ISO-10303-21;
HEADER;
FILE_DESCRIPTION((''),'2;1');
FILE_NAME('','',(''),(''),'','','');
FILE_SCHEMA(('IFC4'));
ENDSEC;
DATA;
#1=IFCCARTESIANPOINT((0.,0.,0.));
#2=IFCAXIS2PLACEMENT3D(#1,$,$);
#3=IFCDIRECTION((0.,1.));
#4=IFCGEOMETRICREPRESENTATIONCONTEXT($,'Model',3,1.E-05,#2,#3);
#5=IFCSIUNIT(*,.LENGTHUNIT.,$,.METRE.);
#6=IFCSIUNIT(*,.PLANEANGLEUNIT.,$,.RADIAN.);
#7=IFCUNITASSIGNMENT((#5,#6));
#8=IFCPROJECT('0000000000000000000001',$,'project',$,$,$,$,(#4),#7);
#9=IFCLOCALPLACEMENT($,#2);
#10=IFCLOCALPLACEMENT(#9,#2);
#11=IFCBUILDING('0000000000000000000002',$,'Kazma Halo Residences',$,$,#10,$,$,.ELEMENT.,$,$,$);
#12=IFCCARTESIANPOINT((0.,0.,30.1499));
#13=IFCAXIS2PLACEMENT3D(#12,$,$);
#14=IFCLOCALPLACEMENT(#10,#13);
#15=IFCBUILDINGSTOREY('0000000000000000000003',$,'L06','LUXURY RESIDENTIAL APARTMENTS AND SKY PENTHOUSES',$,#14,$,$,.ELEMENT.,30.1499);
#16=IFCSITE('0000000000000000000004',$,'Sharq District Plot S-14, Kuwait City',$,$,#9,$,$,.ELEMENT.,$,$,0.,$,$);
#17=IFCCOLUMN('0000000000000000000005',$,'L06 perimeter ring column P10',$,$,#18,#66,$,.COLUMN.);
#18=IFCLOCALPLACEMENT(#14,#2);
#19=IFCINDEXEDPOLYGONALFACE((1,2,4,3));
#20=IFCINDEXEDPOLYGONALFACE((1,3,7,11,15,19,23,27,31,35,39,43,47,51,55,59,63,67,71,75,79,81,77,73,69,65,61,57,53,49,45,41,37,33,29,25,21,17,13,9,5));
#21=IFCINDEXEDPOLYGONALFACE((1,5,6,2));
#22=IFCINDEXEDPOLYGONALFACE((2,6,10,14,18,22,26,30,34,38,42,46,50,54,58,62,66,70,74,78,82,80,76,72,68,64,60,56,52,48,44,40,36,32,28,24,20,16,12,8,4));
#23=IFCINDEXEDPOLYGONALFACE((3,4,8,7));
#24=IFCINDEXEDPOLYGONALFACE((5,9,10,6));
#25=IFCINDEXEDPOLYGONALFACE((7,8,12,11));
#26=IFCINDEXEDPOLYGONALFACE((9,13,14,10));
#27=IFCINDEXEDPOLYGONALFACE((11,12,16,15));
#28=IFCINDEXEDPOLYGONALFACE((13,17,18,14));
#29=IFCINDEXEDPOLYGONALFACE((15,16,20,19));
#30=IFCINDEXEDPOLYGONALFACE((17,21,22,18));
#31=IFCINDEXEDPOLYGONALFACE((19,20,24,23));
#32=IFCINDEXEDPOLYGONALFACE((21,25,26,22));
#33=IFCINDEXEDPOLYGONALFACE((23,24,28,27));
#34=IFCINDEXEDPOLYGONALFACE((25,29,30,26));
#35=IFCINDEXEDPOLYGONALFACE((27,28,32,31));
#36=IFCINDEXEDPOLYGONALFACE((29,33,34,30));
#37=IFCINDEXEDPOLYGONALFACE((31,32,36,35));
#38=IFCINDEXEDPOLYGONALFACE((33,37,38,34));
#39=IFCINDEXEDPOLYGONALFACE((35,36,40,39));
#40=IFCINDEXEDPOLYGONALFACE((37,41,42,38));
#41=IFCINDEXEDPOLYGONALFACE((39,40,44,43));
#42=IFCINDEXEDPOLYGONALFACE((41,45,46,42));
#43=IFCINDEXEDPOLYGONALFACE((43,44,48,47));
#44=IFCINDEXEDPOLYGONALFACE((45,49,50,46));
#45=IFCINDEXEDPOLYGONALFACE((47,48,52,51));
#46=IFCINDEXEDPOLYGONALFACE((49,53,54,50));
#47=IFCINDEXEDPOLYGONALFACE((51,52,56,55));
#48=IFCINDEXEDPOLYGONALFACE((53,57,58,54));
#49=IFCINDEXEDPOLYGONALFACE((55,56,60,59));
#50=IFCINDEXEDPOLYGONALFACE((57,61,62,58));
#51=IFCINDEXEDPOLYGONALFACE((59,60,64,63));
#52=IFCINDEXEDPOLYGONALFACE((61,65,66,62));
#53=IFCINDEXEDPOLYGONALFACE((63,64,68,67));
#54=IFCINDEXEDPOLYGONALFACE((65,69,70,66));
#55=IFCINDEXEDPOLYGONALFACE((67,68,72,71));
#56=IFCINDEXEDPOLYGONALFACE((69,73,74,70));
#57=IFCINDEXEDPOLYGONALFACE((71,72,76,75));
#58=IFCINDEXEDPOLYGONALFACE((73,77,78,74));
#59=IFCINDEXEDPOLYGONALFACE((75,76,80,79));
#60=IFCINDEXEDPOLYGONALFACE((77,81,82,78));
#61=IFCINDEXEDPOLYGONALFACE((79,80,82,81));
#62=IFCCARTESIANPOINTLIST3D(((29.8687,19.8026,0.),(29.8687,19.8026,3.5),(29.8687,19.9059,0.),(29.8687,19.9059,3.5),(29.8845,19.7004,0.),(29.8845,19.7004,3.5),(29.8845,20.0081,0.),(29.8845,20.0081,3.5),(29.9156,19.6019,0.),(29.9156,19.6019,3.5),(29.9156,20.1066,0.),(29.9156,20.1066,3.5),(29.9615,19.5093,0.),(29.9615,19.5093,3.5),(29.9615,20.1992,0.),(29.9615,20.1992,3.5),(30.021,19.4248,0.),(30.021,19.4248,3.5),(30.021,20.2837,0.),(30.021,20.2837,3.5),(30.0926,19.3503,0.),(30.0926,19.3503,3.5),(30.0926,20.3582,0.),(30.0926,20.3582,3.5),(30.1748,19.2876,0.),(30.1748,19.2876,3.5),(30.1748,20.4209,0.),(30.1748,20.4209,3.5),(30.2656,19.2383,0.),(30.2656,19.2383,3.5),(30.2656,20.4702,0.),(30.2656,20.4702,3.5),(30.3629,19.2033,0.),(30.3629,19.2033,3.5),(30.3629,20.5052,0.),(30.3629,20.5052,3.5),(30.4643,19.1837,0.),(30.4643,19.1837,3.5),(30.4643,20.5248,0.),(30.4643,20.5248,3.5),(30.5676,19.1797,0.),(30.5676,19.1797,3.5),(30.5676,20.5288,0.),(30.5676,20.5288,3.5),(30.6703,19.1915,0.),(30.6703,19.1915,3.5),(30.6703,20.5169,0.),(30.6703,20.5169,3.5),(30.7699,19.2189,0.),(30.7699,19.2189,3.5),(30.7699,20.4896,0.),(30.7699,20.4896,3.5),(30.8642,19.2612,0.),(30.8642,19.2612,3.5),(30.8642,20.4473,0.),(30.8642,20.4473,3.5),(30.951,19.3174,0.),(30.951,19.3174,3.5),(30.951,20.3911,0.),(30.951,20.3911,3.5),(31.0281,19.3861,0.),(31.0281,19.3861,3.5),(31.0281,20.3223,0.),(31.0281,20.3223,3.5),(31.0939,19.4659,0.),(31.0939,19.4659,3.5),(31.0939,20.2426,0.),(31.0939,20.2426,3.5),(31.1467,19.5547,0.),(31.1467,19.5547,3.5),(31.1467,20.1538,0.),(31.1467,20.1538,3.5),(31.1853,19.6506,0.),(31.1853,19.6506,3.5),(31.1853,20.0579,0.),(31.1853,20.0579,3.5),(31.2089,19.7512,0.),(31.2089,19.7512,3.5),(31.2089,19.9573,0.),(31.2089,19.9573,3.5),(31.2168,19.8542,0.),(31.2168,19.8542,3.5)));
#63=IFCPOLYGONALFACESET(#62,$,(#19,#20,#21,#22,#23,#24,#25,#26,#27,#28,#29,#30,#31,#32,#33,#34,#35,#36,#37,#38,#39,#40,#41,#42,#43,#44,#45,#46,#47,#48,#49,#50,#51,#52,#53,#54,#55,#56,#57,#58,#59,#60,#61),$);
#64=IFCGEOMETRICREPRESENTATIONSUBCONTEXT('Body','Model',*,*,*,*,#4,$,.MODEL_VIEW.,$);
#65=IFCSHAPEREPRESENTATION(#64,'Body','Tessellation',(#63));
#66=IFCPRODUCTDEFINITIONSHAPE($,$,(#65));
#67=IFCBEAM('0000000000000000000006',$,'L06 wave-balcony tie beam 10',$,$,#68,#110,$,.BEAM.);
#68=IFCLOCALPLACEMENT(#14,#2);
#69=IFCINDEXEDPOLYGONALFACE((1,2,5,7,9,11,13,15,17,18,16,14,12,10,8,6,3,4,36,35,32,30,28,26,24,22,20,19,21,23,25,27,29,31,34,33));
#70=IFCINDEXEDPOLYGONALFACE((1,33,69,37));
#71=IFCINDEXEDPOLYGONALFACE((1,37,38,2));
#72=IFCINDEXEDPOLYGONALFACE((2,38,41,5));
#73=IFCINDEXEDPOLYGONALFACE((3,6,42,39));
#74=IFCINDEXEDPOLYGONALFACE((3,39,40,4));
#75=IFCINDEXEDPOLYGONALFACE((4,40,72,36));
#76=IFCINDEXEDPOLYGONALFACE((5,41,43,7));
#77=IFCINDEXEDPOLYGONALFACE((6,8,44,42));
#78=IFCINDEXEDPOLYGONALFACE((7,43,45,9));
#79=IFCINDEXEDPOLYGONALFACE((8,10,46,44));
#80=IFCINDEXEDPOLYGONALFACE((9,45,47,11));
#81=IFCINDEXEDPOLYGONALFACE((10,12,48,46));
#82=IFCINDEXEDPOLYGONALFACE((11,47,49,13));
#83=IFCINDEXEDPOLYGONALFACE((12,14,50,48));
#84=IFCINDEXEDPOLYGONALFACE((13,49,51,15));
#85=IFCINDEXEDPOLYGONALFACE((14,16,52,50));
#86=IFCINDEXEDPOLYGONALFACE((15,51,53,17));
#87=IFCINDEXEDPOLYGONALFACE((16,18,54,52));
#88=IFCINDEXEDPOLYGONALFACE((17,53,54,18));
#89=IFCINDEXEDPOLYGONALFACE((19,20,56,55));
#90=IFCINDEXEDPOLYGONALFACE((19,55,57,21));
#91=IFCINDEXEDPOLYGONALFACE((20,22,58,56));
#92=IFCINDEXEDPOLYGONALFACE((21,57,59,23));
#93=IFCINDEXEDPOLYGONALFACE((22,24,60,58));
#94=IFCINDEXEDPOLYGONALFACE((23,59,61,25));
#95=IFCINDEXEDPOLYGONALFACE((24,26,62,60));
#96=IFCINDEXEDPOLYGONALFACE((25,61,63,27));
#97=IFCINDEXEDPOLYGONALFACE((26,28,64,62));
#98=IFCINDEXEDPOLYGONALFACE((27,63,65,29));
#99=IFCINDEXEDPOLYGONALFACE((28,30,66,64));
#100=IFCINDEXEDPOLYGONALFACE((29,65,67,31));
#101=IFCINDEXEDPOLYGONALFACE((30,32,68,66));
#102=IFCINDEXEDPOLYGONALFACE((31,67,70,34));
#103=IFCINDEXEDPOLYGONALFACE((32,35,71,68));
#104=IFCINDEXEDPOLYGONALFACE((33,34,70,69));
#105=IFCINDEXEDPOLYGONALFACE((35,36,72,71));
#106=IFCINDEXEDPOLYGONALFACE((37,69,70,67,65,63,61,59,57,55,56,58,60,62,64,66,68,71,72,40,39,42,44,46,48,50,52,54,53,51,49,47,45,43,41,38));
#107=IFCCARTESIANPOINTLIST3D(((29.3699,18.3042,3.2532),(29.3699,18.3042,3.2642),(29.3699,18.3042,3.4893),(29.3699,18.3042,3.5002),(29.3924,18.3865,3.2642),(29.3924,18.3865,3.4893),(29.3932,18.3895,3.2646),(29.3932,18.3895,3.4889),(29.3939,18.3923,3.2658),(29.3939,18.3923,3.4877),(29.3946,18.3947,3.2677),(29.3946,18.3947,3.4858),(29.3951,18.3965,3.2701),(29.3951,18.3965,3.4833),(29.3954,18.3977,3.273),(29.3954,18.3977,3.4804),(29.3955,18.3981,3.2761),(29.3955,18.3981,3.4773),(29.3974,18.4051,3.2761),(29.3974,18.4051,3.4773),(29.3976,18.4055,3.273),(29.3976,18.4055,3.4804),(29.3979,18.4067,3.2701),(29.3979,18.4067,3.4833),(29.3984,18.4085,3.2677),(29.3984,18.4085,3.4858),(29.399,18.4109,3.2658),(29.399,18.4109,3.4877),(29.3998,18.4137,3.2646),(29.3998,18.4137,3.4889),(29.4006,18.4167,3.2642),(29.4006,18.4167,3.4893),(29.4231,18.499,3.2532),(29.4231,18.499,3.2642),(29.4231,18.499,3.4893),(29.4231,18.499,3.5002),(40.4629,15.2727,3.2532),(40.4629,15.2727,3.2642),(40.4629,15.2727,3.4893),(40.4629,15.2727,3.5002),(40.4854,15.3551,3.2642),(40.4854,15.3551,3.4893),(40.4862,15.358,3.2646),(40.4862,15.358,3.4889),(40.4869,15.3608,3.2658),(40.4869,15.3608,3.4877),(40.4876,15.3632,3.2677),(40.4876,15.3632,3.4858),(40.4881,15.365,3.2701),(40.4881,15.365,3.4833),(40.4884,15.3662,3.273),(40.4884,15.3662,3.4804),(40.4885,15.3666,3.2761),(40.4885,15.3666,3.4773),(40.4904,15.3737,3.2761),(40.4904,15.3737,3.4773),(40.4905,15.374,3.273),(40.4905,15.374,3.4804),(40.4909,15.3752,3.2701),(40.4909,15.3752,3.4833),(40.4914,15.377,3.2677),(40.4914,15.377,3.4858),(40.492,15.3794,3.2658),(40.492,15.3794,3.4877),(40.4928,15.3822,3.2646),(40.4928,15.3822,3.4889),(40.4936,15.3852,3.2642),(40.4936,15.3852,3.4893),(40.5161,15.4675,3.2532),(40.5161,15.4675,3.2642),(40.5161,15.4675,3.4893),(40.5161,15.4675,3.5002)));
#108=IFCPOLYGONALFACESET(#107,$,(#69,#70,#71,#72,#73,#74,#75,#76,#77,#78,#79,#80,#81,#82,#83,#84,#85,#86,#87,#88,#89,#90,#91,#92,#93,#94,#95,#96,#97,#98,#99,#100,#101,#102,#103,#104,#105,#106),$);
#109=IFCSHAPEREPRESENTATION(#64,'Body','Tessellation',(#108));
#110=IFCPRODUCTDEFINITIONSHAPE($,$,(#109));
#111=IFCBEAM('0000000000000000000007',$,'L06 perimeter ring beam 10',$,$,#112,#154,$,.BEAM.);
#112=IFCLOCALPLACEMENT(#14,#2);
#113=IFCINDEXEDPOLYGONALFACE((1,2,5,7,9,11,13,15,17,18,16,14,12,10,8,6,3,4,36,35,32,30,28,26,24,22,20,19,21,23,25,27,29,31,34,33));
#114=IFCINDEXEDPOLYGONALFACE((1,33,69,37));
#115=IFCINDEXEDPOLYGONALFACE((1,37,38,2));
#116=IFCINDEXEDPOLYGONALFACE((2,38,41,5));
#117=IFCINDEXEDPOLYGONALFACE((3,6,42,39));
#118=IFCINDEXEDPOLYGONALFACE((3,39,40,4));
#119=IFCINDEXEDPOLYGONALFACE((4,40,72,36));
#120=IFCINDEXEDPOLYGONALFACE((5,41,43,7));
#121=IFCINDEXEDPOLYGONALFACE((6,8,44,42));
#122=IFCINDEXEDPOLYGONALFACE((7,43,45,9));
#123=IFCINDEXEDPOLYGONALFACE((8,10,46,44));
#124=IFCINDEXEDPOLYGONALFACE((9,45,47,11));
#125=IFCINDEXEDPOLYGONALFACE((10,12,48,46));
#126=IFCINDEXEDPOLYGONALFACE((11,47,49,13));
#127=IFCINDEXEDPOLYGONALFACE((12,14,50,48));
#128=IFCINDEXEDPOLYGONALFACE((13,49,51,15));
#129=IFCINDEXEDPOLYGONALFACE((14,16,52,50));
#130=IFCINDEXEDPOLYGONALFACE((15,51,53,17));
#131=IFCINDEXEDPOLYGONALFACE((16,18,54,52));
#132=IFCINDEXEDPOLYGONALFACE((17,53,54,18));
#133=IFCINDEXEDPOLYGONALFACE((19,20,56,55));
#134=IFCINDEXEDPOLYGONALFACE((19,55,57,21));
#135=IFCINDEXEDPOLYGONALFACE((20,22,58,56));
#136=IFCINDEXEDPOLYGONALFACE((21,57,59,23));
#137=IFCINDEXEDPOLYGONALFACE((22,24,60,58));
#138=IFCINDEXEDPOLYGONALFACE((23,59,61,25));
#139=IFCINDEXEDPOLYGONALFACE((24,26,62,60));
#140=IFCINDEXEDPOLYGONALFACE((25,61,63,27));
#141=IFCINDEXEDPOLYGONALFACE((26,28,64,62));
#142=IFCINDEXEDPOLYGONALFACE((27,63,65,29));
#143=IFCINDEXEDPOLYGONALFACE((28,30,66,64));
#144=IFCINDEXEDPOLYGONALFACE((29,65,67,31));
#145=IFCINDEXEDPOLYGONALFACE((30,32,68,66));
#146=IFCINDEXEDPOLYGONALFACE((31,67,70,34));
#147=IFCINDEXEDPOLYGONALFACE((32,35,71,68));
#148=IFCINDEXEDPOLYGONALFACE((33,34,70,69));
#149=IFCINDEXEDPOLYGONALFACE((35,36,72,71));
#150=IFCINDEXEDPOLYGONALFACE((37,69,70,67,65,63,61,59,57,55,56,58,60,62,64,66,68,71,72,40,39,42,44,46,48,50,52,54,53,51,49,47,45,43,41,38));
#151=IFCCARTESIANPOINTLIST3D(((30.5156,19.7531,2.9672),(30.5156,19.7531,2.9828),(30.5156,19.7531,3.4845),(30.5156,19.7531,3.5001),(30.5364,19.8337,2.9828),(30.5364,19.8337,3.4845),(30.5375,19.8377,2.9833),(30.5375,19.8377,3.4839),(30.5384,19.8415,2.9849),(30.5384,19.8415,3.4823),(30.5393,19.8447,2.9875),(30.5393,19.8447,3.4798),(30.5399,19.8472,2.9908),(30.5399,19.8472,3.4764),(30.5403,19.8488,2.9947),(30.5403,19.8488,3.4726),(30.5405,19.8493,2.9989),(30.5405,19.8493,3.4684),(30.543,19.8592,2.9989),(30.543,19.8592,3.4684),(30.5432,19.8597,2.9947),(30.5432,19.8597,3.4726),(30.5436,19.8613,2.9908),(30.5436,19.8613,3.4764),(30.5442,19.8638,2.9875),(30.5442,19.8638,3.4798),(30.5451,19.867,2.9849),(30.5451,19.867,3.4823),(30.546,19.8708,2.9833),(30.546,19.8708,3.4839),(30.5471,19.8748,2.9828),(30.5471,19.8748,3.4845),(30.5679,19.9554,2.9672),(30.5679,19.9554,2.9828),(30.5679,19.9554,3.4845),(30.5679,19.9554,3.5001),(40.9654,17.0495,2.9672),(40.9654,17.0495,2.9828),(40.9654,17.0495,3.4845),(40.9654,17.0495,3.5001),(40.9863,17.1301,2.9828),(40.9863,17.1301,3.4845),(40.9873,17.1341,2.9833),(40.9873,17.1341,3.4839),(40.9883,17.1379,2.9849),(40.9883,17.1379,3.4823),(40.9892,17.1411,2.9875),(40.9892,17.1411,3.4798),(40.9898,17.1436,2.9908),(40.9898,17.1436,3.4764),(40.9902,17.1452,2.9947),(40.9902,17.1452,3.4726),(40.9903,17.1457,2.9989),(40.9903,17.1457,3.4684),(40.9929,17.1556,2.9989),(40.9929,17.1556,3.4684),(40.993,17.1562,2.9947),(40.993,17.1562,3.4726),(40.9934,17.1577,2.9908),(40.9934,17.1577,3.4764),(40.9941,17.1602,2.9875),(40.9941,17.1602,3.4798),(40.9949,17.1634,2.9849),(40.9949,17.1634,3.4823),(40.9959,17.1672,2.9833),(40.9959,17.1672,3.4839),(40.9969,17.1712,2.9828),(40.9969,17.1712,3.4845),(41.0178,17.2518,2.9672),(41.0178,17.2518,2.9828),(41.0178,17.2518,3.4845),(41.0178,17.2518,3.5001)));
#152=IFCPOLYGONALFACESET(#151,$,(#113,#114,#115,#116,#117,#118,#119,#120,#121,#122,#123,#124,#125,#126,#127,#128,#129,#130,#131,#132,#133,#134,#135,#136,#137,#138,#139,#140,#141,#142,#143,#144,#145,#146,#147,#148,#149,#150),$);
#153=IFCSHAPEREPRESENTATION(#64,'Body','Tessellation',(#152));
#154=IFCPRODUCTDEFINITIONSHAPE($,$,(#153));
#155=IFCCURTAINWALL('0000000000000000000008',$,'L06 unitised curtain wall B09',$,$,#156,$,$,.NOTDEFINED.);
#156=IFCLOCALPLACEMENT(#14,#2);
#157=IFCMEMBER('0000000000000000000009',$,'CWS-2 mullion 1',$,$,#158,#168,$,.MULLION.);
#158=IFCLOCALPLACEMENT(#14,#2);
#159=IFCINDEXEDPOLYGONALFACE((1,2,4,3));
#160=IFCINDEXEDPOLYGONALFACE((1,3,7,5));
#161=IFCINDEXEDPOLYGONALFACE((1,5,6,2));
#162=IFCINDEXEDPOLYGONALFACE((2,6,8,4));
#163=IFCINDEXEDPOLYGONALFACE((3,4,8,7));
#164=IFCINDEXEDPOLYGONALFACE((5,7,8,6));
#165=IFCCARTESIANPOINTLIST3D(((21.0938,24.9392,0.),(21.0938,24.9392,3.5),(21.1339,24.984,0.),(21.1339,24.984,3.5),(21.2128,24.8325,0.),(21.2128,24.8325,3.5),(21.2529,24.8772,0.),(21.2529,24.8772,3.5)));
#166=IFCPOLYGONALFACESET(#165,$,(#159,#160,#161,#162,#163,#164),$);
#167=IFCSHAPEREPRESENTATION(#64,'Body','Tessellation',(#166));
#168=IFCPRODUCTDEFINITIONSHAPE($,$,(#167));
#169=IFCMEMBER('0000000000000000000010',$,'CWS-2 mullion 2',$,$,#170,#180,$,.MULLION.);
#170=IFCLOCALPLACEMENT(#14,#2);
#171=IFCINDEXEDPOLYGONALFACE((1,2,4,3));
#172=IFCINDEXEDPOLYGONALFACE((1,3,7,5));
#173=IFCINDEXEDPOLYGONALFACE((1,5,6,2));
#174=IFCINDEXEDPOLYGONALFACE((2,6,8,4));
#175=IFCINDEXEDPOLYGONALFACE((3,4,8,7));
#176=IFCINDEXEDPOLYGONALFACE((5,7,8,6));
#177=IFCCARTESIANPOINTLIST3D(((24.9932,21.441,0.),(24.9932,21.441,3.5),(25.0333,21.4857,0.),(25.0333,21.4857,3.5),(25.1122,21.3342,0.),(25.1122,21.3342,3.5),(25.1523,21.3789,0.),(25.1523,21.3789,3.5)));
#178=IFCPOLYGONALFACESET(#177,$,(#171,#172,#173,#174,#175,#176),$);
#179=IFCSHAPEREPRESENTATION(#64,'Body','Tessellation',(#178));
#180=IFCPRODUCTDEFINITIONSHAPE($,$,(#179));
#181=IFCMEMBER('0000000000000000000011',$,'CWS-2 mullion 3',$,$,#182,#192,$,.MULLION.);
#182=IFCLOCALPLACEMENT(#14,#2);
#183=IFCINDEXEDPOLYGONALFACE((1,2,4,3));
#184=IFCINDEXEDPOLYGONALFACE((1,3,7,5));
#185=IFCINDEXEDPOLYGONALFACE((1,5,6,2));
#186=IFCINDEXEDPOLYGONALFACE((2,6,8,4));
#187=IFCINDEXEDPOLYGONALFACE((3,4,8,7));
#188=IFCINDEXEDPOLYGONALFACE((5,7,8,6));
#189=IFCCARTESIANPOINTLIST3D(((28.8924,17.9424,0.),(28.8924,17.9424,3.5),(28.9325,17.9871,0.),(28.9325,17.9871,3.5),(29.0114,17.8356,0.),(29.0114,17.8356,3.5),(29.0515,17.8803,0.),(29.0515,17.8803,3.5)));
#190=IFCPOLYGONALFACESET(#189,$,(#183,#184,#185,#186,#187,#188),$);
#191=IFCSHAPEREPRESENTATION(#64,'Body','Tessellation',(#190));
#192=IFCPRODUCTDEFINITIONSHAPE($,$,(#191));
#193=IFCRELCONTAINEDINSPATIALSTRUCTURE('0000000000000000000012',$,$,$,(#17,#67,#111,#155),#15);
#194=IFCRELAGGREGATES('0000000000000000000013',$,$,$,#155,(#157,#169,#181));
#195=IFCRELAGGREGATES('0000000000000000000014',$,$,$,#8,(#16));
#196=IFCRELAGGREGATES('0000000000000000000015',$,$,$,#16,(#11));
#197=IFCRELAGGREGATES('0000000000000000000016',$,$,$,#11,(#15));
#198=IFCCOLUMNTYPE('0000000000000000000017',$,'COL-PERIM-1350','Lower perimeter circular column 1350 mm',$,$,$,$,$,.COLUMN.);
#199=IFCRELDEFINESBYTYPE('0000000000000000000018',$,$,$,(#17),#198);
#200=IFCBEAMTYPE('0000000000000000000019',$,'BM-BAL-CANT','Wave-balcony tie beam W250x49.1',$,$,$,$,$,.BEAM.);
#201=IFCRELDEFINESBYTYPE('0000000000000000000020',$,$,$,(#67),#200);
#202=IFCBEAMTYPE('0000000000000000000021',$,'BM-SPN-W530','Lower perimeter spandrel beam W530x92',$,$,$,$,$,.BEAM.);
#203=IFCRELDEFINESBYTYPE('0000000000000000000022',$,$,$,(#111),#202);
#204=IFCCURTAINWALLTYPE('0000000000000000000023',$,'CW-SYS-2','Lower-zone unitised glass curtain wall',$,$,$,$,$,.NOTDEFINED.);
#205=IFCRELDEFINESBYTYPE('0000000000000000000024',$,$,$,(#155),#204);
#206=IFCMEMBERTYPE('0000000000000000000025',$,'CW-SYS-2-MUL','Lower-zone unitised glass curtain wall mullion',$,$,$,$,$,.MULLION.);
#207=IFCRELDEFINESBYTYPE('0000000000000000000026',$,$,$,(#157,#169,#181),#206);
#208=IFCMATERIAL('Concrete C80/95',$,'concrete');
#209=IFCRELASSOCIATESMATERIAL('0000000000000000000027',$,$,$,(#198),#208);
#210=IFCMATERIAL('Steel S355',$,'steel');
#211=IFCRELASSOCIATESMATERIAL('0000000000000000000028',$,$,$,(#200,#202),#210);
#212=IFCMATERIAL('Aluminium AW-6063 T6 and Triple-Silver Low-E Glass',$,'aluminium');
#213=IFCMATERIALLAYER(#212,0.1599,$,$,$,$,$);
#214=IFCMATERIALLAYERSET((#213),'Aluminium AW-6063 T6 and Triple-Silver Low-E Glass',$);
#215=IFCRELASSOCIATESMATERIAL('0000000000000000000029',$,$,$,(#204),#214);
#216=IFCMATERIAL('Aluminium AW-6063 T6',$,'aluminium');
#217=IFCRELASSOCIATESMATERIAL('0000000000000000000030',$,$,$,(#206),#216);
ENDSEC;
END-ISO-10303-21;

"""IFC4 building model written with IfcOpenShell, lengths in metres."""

from ifc_helpers import new_model, si_unit, direction, frame, origin, origin_2d, place, context, subcontext, project, spatial, rectangle, circle, i_section, extrude, material, layer, layer_set, material_profile, profile_set, type_object, element, aggregate, save


model = new_model("IFC4")

# Units and contexts
model_context = context("Model", 3, precision=1e-05, world=origin(), true_north=direction((0.0, 1.0)))
body_context = subcontext(model_context, "Body", "Model", "MODEL_VIEW")
ifc_project = project(units=[si_unit("LENGTHUNIT", "METRE"), si_unit("PLANEANGLEUNIT", "RADIAN")], contexts=[model_context])

# Site, building, storey
site_placement = place(None, origin())
site = spatial("IfcSite", under=ifc_project, at=site_placement, Name="Sharq District Plot S-14, Kuwait City", CompositionType="ELEMENT", RefElevation=0.0)
building_placement = place(site_placement, origin())
building = spatial("IfcBuilding", under=site, at=building_placement, Name="Kazma Halo Residences", CompositionType="ELEMENT")
storey_placement = place(building_placement, frame((0.0, 0.0, 30.1499)))
storey = spatial("IfcBuildingStorey", under=building, at=storey_placement, Name="L06", Description="LUXURY RESIDENTIAL APARTMENTS AND SKY PENTHOUSES", CompositionType="ELEMENT", Elevation=30.1499)

# Column
ifc_material_1 = material(Name="Concrete C80/95", Category="concrete")
ifc_material_profile_1 = material_profile(ifc_material_1, circle(Radius=0.675, at=origin_2d()), Name="CIRC1350")
ifc_profile_set_1 = profile_set([ifc_material_profile_1], Name="Concrete C80/95")
column_type = type_object("IfcColumnType", Name="COL-PERIM-1350", Description="Lower perimeter circular column 1350 mm", PredefinedType="COLUMN", material=ifc_profile_set_1)
column_placement = place(storey_placement, frame((30.5417, 19.8542, 0.0), z_axis=(0.0, 0.0, 1.0), x_axis=(1.0, 0.0, 0.0)))
element("IfcColumn", 1, at=column_placement, inside=storey, type_object=column_type, Name="L06 perimeter ring column P10", PredefinedType="COLUMN", context=body_context, shape_type="SweptSolid", body=[
    extrude(circle(Radius=0.675, at=origin_2d()), origin(), (0.0, 0.0, 1.0), 3.5),
])

# Beams
ifc_material_2 = material(Name="Steel S355", Category="steel")
ifc_material_profile_2 = material_profile(ifc_material_2, i_section(OverallWidth=0.2019, OverallDepth=0.2471, WebThickness=0.0073, FlangeThickness=0.011, FilletRadius=0.012, at=origin_2d()), Name="W250x49.1")
ifc_profile_set_2 = profile_set([ifc_material_profile_2], Name="Steel S355")
beam_type_1 = type_object("IfcBeamType", Name="BM-BAL-CANT", Description="Wave-balcony tie beam W250x49.1", PredefinedType="BEAM", material=ifc_profile_set_2)
beam_1_placement = place(storey_placement, frame((29.3965, 18.4016, 3.3767), z_axis=(0.964628, -0.263613, 0.0), x_axis=(0.263613, 0.964628, 0.0)))
element("IfcBeam", 2, at=beam_1_placement, inside=storey, type_object=beam_type_1, Name="L06 wave-balcony tie beam 10", PredefinedType="BEAM", context=body_context, shape_type="SweptSolid", body=[
    extrude(i_section(OverallWidth=0.2019, OverallDepth=0.2471, WebThickness=0.0073, FlangeThickness=0.011, FilletRadius=0.012, at=origin_2d()), origin(), (0.0, 0.0, 1.0), 11.4998),
])
ifc_material_profile_3 = material_profile(ifc_material_2, i_section(OverallWidth=0.209, OverallDepth=0.533, WebThickness=0.0103, FlangeThickness=0.0156, FilletRadius=0.0161, at=origin_2d()), Name="W530x92")
ifc_profile_set_3 = profile_set([ifc_material_profile_3], Name="Steel S355")
beam_type_2 = type_object("IfcBeamType", Name="BM-SPN-W530", Description="Lower perimeter spandrel beam W530x92", PredefinedType="BEAM", material=ifc_profile_set_3)
beam_2_placement = place(storey_placement, frame((30.5417, 19.8542, 3.2336), z_axis=(0.968124, -0.250473, 0.0), x_axis=(0.250473, 0.968124, 0.0)))
element("IfcBeam", 3, at=beam_2_placement, inside=storey, type_object=beam_type_2, Name="L06 perimeter ring beam 10", PredefinedType="BEAM", context=body_context, shape_type="SweptSolid", body=[
    extrude(i_section(OverallWidth=0.209, OverallDepth=0.533, WebThickness=0.0103, FlangeThickness=0.0156, FilletRadius=0.0161, at=origin_2d()), origin(), (0.0, 0.0, 1.0), 10.7939),
])

# Curtain wall, members
ifc_material_3 = material(Name="Aluminium AW-6063 T6 and Triple-Silver Low-E Glass", Category="aluminium")
ifc_layer_1 = layer(ifc_material_3, 0.1599)
ifc_layer_set_1 = layer_set([ifc_layer_1], Name="Aluminium AW-6063 T6 and Triple-Silver Low-E Glass")
curtain_wall_type = type_object("IfcCurtainWallType", Name="CW-SYS-2", Description="Lower-zone unitised glass curtain wall", PredefinedType="NOTDEFINED", material=ifc_layer_set_1)
curtain_wall_placement = place(storey_placement, origin())
curtain_wall = element("IfcCurtainWall", 4, at=curtain_wall_placement, inside=storey, type_object=curtain_wall_type, Name="L06 unitised curtain wall B09", PredefinedType="NOTDEFINED")
ifc_material_4 = material(Name="Aluminium AW-6063 T6", Category="aluminium")
ifc_material_profile_4 = material_profile(ifc_material_4, rectangle(XDim=0.0601, YDim=0.1599, at=origin_2d()), Name="CWM-60x160")
ifc_profile_set_4 = profile_set([ifc_material_profile_4], Name="Aluminium AW-6063 T6")
member_type_1 = type_object("IfcMemberType", Name="CW-SYS-2-MUL", Description="Lower-zone unitised glass curtain wall mullion", PredefinedType="MULLION", material=ifc_profile_set_4)
member_1_placement = place(storey_placement, frame((21.1733, 24.9082, 0.0), z_axis=(0.0, 0.0, 1.0), x_axis=(0.667821, 0.744322, 0.0)))
member_1 = element("IfcMember", 5, at=member_1_placement, type_object=member_type_1, Name="CWS-2 mullion 1", PredefinedType="MULLION", context=body_context, shape_type="SweptSolid", body=[
    extrude(rectangle(XDim=0.0601, YDim=0.1599, at=origin_2d()), origin(), (0.0, 0.0, 1.0), 3.5),
])
member_2_placement = place(storey_placement, frame((25.0728, 21.4099, 0.0), z_axis=(0.0, 0.0, 1.0), x_axis=(0.667821, 0.744322, 0.0)))
member_2 = element("IfcMember", 6, at=member_2_placement, type_object=member_type_1, Name="CWS-2 mullion 2", PredefinedType="MULLION", context=body_context, shape_type="SweptSolid", body=[
    extrude(rectangle(XDim=0.0601, YDim=0.1599, at=origin_2d()), origin(), (0.0, 0.0, 1.0), 3.5),
])
member_3_placement = place(storey_placement, frame((28.9719, 17.9114, 0.0), z_axis=(0.0, 0.0, 1.0), x_axis=(0.667821, 0.744322, 0.0)))
member_3 = element("IfcMember", 7, at=member_3_placement, type_object=member_type_1, Name="CWS-2 mullion 3", PredefinedType="MULLION", context=body_context, shape_type="SweptSolid", body=[
    extrude(rectangle(XDim=0.0601, YDim=0.1599, at=origin_2d()), origin(), (0.0, 0.0, 1.0), 3.5),
])
aggregate(curtain_wall, [member_1, member_2, member_3])

save(model, "model.ifc")
